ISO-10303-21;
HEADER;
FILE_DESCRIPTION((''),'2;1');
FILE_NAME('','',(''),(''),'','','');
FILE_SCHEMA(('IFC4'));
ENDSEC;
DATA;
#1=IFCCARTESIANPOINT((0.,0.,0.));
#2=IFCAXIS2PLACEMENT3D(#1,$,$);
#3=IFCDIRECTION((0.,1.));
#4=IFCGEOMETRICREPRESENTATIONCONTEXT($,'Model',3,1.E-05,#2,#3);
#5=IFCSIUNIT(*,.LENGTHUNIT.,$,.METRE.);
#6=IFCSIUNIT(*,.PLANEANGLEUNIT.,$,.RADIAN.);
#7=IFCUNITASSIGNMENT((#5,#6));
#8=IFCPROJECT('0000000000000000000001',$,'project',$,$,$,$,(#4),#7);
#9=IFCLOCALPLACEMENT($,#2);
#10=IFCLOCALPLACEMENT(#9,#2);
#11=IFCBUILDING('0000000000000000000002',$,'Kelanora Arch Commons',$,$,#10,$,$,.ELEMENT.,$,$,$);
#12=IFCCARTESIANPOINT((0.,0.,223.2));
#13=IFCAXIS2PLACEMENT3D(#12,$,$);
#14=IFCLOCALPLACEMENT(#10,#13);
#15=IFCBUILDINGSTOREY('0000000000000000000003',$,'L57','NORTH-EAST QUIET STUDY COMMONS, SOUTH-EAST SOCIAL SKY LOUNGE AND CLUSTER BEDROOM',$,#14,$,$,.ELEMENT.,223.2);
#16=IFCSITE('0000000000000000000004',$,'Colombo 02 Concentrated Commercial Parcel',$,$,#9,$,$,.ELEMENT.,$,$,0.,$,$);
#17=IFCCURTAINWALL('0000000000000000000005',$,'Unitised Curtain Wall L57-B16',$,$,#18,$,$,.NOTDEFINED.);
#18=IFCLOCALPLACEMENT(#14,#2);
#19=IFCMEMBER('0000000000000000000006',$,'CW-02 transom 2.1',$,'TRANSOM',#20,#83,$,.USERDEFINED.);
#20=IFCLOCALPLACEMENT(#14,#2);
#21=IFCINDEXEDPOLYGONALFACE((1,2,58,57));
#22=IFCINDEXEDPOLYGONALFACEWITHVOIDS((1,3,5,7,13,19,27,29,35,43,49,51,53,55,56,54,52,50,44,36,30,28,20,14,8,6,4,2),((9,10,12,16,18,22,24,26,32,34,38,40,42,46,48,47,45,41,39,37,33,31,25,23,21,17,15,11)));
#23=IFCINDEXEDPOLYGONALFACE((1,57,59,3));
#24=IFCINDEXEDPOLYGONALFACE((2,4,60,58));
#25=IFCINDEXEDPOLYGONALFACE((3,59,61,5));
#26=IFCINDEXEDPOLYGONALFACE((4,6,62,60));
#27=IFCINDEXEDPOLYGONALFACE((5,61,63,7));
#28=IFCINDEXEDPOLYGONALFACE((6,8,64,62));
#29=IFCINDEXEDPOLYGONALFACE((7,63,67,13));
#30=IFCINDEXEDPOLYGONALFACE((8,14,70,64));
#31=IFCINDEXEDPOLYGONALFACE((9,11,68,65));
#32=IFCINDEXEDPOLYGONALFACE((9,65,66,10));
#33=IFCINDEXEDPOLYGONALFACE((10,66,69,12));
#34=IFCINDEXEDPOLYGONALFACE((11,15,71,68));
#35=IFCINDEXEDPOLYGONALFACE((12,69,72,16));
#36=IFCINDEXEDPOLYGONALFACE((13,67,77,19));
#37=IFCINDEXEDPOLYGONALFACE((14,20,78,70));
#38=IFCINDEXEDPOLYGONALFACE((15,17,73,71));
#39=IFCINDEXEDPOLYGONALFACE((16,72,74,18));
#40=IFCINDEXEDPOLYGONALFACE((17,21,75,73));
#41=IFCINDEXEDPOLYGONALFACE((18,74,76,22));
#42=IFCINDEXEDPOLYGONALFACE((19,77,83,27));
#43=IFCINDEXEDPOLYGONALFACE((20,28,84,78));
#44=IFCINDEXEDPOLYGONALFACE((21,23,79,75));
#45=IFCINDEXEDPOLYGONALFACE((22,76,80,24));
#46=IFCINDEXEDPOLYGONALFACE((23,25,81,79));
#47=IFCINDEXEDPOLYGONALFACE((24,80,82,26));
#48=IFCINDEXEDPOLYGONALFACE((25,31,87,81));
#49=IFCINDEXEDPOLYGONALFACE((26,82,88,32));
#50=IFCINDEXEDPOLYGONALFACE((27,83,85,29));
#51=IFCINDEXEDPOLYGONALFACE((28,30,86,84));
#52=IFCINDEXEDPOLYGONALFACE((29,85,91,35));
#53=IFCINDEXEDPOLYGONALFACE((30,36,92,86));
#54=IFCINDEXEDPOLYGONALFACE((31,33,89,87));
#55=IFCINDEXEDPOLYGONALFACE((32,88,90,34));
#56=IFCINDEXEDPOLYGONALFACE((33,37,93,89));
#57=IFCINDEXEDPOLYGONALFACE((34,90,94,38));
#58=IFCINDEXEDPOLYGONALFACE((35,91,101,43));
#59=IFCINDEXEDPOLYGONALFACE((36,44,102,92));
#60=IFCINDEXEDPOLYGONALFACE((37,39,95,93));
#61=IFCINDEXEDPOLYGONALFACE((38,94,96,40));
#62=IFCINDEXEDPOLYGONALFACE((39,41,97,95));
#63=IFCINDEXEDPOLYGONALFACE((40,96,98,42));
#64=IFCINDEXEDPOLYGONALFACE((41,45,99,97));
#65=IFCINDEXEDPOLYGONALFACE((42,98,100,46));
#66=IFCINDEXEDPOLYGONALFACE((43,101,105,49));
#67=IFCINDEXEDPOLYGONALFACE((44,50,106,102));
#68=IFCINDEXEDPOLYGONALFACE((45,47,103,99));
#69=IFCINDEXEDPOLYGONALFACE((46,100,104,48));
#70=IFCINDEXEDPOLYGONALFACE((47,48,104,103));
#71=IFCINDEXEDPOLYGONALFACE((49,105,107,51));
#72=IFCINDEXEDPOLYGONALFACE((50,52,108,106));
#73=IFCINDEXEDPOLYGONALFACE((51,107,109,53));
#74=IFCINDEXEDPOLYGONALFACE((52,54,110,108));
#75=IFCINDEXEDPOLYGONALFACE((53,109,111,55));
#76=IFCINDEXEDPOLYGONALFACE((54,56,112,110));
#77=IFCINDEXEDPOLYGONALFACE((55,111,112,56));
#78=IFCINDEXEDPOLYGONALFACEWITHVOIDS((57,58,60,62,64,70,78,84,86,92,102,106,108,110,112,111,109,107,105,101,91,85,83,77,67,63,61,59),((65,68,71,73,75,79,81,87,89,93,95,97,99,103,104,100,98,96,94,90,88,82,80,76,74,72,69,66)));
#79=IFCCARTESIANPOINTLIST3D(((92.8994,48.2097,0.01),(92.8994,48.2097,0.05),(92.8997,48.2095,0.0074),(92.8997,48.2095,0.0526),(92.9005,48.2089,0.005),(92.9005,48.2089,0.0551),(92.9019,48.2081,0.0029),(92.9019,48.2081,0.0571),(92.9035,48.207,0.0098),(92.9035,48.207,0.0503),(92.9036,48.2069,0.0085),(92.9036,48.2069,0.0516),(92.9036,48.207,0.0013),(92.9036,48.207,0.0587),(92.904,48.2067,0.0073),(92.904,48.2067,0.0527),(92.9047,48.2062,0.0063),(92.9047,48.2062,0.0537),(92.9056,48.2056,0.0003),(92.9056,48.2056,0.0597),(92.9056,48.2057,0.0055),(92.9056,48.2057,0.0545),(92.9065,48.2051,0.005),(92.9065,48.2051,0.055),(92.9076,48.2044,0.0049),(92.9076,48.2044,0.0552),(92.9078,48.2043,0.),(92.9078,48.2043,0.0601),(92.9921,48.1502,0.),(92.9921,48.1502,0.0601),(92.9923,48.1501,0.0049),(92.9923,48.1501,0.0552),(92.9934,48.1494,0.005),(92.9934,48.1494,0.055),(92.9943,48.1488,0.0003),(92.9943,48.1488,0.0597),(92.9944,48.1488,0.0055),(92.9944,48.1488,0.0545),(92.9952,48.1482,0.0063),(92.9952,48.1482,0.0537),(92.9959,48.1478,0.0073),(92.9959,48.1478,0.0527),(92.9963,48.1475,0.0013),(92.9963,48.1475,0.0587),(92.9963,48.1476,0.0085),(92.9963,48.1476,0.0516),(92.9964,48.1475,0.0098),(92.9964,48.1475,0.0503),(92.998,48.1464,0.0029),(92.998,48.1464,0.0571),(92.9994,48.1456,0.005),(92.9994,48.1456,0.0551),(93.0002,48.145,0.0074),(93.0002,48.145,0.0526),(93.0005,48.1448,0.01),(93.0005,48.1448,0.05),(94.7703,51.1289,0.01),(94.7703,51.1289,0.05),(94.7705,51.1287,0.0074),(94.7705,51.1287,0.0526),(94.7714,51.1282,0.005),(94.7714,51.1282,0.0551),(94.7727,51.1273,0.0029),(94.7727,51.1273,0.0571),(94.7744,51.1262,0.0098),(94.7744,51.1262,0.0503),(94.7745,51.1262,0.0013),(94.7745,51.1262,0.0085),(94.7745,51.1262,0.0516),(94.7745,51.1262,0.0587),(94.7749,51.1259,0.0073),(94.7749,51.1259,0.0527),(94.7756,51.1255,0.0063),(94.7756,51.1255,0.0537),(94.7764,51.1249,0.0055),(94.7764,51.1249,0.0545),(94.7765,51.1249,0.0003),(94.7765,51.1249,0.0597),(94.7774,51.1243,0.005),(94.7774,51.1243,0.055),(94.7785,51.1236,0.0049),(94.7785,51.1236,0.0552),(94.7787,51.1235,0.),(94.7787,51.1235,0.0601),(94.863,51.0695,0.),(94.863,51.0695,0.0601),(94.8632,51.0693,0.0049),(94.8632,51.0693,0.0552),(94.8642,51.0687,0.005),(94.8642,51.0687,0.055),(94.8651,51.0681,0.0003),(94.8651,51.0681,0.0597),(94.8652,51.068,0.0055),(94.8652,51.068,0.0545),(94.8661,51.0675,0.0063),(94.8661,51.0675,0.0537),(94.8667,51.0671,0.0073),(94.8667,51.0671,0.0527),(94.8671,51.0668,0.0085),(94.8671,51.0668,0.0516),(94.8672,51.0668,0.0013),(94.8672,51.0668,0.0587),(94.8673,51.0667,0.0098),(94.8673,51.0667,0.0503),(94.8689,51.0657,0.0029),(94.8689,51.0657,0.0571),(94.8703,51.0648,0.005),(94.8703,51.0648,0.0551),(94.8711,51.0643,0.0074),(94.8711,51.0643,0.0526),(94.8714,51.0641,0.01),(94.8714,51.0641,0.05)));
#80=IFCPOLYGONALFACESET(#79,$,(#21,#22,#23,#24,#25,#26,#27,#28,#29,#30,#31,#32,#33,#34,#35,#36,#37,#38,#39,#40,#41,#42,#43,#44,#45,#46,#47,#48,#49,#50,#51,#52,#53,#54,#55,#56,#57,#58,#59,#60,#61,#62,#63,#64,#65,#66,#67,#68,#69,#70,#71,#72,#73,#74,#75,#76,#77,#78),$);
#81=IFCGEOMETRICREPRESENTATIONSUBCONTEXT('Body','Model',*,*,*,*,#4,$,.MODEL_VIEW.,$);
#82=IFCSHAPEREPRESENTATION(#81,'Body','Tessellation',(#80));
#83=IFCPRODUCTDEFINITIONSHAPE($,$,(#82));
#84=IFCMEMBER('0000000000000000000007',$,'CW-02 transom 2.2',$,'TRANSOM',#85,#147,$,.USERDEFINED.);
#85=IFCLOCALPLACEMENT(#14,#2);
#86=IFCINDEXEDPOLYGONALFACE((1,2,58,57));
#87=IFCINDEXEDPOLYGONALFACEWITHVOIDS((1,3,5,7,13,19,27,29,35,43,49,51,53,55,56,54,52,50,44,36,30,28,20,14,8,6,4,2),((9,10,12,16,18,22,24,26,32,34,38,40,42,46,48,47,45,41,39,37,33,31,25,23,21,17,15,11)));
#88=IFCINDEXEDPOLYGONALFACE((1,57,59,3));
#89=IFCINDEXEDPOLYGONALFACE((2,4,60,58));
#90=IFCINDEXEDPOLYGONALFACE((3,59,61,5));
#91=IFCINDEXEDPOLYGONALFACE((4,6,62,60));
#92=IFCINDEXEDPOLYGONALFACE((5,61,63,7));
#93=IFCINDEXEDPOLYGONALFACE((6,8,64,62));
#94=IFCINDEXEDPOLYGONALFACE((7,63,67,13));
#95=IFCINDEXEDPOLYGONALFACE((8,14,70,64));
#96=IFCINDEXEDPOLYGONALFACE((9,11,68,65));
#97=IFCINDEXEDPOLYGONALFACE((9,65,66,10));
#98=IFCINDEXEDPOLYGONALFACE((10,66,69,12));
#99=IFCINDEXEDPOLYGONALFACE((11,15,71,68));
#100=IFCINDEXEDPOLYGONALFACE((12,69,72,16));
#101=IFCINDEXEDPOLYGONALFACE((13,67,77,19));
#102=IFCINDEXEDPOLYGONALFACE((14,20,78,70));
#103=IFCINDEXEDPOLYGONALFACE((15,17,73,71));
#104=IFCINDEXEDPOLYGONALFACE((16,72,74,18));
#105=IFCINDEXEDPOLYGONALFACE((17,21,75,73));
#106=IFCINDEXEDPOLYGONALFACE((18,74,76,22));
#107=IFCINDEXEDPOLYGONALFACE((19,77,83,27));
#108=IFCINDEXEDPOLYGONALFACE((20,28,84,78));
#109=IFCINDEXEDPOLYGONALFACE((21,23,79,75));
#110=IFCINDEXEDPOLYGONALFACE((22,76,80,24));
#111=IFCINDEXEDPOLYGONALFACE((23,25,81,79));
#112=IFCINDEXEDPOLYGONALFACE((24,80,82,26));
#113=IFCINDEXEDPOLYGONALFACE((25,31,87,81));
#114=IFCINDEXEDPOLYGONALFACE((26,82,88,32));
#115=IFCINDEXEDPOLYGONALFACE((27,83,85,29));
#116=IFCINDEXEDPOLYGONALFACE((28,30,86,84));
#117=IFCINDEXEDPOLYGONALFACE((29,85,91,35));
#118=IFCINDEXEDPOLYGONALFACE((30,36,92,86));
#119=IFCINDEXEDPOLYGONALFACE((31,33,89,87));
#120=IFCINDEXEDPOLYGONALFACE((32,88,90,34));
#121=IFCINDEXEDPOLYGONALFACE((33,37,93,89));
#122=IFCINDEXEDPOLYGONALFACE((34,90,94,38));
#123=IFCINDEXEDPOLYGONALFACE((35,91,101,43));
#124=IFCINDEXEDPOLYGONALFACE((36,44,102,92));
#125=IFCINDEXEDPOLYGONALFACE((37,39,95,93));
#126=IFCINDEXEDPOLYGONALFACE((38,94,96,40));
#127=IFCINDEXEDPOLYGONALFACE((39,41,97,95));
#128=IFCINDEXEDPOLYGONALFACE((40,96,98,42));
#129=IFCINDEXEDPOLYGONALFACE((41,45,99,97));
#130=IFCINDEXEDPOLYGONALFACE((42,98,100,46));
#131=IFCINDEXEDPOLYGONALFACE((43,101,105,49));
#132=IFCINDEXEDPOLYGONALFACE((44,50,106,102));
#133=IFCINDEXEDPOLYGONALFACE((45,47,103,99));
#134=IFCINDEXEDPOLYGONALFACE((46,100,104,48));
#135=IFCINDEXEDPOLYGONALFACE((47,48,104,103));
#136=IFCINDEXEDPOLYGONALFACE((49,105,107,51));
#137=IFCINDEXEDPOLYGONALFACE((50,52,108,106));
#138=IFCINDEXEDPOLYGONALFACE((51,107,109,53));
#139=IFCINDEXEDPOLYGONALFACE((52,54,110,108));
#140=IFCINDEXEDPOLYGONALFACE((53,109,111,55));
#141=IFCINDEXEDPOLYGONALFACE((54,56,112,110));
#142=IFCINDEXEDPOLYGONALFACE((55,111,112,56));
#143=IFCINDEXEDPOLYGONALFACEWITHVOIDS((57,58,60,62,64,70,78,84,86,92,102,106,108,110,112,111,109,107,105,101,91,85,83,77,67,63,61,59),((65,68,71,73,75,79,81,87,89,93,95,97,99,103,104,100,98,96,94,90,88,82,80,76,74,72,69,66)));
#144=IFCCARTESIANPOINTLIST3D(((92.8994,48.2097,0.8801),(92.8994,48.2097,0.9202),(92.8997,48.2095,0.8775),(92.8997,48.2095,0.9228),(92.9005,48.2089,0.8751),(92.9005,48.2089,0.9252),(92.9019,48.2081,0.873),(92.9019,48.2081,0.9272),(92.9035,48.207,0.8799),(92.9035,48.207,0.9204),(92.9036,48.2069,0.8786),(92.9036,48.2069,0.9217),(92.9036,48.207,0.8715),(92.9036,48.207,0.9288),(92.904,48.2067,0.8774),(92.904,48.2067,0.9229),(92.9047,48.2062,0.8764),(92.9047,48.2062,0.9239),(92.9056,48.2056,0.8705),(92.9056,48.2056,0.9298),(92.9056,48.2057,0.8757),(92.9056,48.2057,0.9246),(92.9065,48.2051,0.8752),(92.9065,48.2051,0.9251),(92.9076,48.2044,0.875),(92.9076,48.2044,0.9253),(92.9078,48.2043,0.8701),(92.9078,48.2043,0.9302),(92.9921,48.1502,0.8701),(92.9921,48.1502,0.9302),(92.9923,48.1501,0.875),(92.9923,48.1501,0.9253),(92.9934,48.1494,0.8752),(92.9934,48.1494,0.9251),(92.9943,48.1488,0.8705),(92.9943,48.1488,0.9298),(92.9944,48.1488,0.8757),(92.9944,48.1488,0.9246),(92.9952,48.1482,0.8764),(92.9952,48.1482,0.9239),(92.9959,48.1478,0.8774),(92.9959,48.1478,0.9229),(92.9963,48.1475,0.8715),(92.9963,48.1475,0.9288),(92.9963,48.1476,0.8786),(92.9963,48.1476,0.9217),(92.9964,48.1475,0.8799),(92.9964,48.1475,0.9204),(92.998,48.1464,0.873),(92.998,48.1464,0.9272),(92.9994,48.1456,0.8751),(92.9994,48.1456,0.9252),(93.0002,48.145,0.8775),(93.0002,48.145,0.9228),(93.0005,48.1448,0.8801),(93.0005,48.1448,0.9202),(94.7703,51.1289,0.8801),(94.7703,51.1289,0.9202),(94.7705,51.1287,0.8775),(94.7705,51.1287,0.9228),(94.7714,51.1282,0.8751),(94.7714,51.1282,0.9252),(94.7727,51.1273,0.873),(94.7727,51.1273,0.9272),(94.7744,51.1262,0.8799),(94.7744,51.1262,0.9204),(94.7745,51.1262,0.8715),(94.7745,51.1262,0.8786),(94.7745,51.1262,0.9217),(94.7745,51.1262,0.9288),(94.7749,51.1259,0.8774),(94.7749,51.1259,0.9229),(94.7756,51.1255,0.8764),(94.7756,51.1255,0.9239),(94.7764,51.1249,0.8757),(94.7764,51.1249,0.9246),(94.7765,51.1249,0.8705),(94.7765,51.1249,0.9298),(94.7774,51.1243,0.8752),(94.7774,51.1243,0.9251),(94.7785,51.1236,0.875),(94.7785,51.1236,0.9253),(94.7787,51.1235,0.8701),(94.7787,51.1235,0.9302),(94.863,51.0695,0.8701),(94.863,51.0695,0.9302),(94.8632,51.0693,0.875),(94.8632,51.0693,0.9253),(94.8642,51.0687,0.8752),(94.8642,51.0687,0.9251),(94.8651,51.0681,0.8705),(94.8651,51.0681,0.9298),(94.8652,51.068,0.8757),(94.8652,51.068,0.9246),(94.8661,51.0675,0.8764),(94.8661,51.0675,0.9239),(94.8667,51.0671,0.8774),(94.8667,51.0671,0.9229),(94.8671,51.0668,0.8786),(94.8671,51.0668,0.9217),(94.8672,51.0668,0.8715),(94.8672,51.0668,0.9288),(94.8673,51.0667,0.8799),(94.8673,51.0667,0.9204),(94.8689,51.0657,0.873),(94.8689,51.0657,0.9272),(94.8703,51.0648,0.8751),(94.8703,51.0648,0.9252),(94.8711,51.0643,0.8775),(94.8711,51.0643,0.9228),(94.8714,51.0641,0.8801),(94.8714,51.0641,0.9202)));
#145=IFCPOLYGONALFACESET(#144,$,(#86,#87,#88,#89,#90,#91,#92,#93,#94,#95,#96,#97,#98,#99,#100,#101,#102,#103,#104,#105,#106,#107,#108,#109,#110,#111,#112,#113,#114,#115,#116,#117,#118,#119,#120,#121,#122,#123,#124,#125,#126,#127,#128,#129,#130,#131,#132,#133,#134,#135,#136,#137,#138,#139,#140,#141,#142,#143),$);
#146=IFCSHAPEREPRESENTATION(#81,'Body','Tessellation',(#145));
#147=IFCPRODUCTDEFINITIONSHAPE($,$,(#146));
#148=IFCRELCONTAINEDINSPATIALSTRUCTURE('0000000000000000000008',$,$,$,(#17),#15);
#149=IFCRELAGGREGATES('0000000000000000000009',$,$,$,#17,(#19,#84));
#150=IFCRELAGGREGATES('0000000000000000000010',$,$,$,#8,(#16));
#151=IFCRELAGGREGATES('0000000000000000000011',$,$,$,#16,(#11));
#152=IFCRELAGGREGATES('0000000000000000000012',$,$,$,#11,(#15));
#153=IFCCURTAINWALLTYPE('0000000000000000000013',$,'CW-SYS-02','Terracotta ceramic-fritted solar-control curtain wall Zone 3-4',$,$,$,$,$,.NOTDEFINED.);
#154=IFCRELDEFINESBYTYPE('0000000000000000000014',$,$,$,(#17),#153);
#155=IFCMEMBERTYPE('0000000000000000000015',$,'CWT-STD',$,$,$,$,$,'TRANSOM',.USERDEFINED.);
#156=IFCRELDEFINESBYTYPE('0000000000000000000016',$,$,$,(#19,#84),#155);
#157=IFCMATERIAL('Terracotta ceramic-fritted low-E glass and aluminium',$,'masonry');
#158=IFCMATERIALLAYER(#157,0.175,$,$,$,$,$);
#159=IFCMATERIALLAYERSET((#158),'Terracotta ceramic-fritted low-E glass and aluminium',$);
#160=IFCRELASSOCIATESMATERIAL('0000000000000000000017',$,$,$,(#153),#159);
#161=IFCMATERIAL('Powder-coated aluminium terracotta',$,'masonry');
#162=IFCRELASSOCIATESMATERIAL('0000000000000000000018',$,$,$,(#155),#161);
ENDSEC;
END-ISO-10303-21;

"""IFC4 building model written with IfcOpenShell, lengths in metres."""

from ifc_helpers import new_model, si_unit, direction, frame, origin, origin_2d, place, context, subcontext, project, spatial, hollow_rectangle, extrude, material, layer, layer_set, material_profile, profile_set, type_object, element, aggregate, save


model = new_model("IFC4")

# Units and contexts
model_context = context("Model", 3, precision=1e-05, world=origin(), true_north=direction((0.0, 1.0)))
body_context = subcontext(model_context, "Body", "Model", "MODEL_VIEW")
ifc_project = project(units=[si_unit("LENGTHUNIT", "METRE"), si_unit("PLANEANGLEUNIT", "RADIAN")], contexts=[model_context])

# Site, building, storey
site_placement = place(None, origin())
site = spatial("IfcSite", under=ifc_project, at=site_placement, Name="Colombo 02 Concentrated Commercial Parcel", CompositionType="ELEMENT", RefElevation=0.0)
building_placement = place(site_placement, origin())
building = spatial("IfcBuilding", under=site, at=building_placement, Name="Kelanora Arch Commons", CompositionType="ELEMENT")
storey_placement = place(building_placement, frame((0.0, 0.0, 223.2)))
storey = spatial("IfcBuildingStorey", under=building, at=storey_placement, Name="L57", Description="NORTH-EAST QUIET STUDY COMMONS, SOUTH-EAST SOCIAL SKY LOUNGE AND CLUSTER BEDROOM", CompositionType="ELEMENT", Elevation=223.2)

# Curtain wall, members
ifc_material_1 = material(Name="Terracotta ceramic-fritted low-E glass and aluminium", Category="masonry")
ifc_layer_1 = layer(ifc_material_1, 0.175)
ifc_layer_set_1 = layer_set([ifc_layer_1], Name="Terracotta ceramic-fritted low-E glass and aluminium")
curtain_wall_type = type_object("IfcCurtainWallType", Name="CW-SYS-02", Description="Terracotta ceramic-fritted solar-control curtain wall Zone 3-4", PredefinedType="NOTDEFINED", material=ifc_layer_set_1)
curtain_wall_placement = place(storey_placement, origin())
curtain_wall = element("IfcCurtainWall", 1, at=curtain_wall_placement, inside=storey, type_object=curtain_wall_type, Name="Unitised Curtain Wall L57-B16", PredefinedType="NOTDEFINED")
ifc_material_2 = material(Name="Powder-coated aluminium terracotta", Category="masonry")
ifc_material_profile_1 = material_profile(ifc_material_2, hollow_rectangle(XDim=0.1201, YDim=0.0601, WallThickness=0.0049, InnerFilletRadius=0.0049, OuterFilletRadius=0.01, at=origin_2d()), Name="CWT120x60")
ifc_profile_set_1 = profile_set([ifc_material_profile_1], Name="Powder-coated aluminium terracotta")
member_type_1 = type_object("IfcMemberType", Name="CWT-STD", ElementType="TRANSOM", PredefinedType="USERDEFINED", material=ifc_profile_set_1)
member_1_placement = place(storey_placement, frame((92.95, 48.1772, 0.03), z_axis=(0.539579, 0.841935, 0.0), x_axis=(-0.841935, 0.539579, 0.0)))
member_1 = element("IfcMember", 2, at=member_1_placement, type_object=member_type_1, Name="CW-02 transom 2.1", ObjectType="TRANSOM", PredefinedType="USERDEFINED", context=body_context, shape_type="SweptSolid", body=[
    extrude(hollow_rectangle(XDim=0.1201, YDim=0.0601, WallThickness=0.0049, InnerFilletRadius=0.0049, OuterFilletRadius=0.01, at=origin_2d()), origin(), (0.0, 0.0, 1.0), 3.4673),
])
member_2_placement = place(storey_placement, frame((92.95, 48.1772, 0.9001), z_axis=(0.539579, 0.841935, 0.0), x_axis=(-0.841935, 0.539579, 0.0)))
member_2 = element("IfcMember", 3, at=member_2_placement, type_object=member_type_1, Name="CW-02 transom 2.2", ObjectType="TRANSOM", PredefinedType="USERDEFINED", context=body_context, shape_type="SweptSolid", body=[
    extrude(hollow_rectangle(XDim=0.1201, YDim=0.0601, WallThickness=0.0049, InnerFilletRadius=0.0049, OuterFilletRadius=0.01, at=origin_2d()), origin(), (0.0, 0.0, 1.0), 3.4673),
])
aggregate(curtain_wall, [member_1, member_2])

save(model, "model.ifc")
